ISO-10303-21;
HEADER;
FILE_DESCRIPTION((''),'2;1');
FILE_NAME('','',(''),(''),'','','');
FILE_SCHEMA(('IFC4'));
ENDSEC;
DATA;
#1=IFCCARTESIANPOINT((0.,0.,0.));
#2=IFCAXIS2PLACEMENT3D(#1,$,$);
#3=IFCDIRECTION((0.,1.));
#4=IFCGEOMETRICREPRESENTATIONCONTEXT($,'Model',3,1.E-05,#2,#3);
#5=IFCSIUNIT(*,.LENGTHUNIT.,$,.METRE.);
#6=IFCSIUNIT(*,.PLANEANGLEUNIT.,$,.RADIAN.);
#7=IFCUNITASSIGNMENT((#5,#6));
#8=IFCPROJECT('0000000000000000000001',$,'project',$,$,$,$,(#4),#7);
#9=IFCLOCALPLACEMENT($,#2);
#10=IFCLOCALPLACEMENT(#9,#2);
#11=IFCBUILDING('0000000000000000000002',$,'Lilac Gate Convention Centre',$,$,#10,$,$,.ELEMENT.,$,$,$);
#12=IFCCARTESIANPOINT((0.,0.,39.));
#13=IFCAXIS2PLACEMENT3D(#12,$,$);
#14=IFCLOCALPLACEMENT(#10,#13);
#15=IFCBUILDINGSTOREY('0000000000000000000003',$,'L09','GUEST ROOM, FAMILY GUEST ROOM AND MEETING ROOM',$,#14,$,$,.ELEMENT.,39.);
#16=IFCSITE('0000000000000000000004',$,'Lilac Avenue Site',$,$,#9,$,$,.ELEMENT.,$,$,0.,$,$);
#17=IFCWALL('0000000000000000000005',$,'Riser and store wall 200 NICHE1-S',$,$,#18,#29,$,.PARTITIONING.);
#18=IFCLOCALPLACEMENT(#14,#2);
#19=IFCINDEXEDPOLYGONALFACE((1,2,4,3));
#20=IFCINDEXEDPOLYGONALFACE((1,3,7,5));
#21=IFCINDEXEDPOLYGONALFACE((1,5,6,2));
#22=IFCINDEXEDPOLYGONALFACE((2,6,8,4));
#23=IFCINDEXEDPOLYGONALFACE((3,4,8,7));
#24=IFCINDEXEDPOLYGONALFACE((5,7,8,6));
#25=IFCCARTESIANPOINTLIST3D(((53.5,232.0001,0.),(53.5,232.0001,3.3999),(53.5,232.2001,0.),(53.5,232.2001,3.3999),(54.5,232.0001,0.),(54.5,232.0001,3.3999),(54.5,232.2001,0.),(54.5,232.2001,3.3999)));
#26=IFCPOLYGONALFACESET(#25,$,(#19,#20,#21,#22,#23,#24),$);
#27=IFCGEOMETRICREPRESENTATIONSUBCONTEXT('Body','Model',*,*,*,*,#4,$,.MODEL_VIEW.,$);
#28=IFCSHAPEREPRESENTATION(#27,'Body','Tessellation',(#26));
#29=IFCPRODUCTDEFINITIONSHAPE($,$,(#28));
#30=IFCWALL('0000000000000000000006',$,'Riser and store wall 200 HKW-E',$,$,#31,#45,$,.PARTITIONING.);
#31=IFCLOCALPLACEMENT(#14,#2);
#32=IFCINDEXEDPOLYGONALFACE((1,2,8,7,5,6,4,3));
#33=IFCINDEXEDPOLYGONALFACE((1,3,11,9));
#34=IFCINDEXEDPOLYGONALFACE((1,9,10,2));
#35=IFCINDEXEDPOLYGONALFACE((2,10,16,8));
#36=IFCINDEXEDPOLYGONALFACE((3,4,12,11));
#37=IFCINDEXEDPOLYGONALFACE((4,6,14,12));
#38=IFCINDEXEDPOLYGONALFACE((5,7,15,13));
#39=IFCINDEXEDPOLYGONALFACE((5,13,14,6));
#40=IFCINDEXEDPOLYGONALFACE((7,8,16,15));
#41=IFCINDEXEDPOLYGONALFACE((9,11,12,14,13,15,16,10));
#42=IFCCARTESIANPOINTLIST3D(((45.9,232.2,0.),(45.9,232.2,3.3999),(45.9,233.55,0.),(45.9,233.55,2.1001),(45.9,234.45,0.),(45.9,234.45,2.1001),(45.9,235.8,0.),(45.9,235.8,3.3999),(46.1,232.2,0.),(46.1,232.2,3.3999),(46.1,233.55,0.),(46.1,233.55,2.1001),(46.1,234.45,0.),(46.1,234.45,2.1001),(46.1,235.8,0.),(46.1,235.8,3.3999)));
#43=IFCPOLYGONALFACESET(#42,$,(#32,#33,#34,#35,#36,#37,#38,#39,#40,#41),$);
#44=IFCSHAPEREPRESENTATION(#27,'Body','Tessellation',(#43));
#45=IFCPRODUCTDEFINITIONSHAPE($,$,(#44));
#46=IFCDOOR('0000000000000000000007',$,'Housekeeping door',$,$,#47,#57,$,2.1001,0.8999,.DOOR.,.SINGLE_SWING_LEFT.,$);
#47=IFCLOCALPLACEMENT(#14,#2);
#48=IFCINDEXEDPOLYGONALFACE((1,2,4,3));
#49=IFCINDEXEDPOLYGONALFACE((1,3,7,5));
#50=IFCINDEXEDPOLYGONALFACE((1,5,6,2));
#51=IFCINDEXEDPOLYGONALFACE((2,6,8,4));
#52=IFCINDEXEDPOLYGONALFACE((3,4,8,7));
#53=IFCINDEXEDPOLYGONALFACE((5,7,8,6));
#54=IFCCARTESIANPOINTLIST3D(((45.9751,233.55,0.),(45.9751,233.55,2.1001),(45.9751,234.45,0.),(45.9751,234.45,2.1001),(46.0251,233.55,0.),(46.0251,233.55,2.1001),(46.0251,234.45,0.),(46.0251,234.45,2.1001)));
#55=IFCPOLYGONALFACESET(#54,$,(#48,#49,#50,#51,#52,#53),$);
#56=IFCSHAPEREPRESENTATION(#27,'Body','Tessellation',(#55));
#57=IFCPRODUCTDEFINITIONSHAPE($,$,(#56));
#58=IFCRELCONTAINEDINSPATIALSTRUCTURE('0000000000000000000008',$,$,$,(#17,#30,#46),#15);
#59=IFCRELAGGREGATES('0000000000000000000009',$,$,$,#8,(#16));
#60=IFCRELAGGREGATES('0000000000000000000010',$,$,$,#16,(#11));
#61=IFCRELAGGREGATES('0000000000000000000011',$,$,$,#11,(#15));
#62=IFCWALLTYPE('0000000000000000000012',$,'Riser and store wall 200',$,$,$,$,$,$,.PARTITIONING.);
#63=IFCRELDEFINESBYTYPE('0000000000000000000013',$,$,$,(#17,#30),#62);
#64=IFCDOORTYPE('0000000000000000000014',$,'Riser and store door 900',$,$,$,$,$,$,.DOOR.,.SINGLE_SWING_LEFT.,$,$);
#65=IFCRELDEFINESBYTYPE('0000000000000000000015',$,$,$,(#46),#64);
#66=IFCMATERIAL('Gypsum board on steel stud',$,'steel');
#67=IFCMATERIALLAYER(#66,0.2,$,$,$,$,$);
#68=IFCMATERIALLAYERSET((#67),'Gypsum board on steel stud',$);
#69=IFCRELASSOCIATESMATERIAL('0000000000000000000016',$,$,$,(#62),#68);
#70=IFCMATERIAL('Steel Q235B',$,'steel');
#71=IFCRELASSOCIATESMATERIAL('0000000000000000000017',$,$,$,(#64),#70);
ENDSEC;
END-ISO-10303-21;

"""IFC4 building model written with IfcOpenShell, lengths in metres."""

from ifc_helpers import new_model, si_unit, direction, frame, frame_2d, origin, place, context, subcontext, project, spatial, rectangle, extrude, material, layer, layer_set, type_object, element, fill, save


model = new_model("IFC4")

# Units and contexts
model_context = context("Model", 3, precision=1e-05, world=origin(), true_north=direction((0.0, 1.0)))
body_context = subcontext(model_context, "Body", "Model", "MODEL_VIEW")
ifc_project = project(units=[si_unit("LENGTHUNIT", "METRE"), si_unit("PLANEANGLEUNIT", "RADIAN")], contexts=[model_context])

# Site, building, storey
site_placement = place(None, origin())
site = spatial("IfcSite", under=ifc_project, at=site_placement, Name="Lilac Avenue Site", CompositionType="ELEMENT", RefElevation=0.0)
building_placement = place(site_placement, origin())
building = spatial("IfcBuilding", under=site, at=building_placement, Name="Lilac Gate Convention Centre", CompositionType="ELEMENT")
storey_placement = place(building_placement, frame((0.0, 0.0, 39.0)))
storey = spatial("IfcBuildingStorey", under=building, at=storey_placement, Name="L09", Description="GUEST ROOM, FAMILY GUEST ROOM AND MEETING ROOM", CompositionType="ELEMENT", Elevation=39.0)

# Shared definitions
ifc_material_1 = material(Name="Gypsum board on steel stud", Category="steel")

# Wall
ifc_layer_1 = layer(ifc_material_1, 0.2)
ifc_layer_set_1 = layer_set([ifc_layer_1], Name="Gypsum board on steel stud")
wall_type_1 = type_object("IfcWallType", Name="Riser and store wall 200", PredefinedType="PARTITIONING", material=ifc_layer_set_1)
wall_1_placement = place(storey_placement, frame((53.5, 232.1001, 0.0), z_axis=(0.0, 0.0, 1.0), x_axis=(1.0, 0.0, 0.0)))
element("IfcWall", 1, at=wall_1_placement, inside=storey, type_object=wall_type_1, Name="Riser and store wall 200 NICHE1-S", PredefinedType="PARTITIONING", context=body_context, shape_type="SweptSolid", body=[
    extrude(rectangle(XDim=1.0, YDim=0.2, at=frame_2d((0.5, 0.0))), origin(), (0.0, 0.0, 1.0), 3.3999),
])

# Wall, opening, door
wall_2_placement = place(storey_placement, frame((46.0, 232.2, 0.0), z_axis=(0.0, 0.0, 1.0), x_axis=(0.0, 1.0, 0.0)))
wall_2 = element("IfcWall", 2, at=wall_2_placement, inside=storey, type_object=wall_type_1, Name="Riser and store wall 200 HKW-E", PredefinedType="PARTITIONING", context=body_context, shape_type="SweptSolid", body=[
    extrude(rectangle(XDim=3.6001, YDim=0.2, at=frame_2d((1.8, 0.0))), origin(), (0.0, 0.0, 1.0), 3.3999),
])
opening_1_placement = place(wall_2_placement, frame((1.3501, 0.0, 0.0)))
opening_1 = element("IfcOpeningElement", 3, at=opening_1_placement, cuts=wall_2, PredefinedType="OPENING", context=body_context, shape_type="SweptSolid", body=[
    extrude(rectangle(XDim=0.8999, YDim=2.1001, at=frame_2d((0.45, 1.05))), frame((0.0, 0.1099, 0.0), z_axis=(0.0, -1.0, 0.0), x_axis=(1.0, 0.0, 0.0)), (0.0, 0.0, 1.0), 0.22),
])
ifc_material_2 = material(Name="Steel Q235B", Category="steel")
door_type_1 = type_object("IfcDoorType", Name="Riser and store door 900", OperationType="SINGLE_SWING_LEFT", PredefinedType="DOOR", material=ifc_material_2)
door_1_placement = place(opening_1_placement, origin())
door_1 = element("IfcDoor", 4, at=door_1_placement, inside=storey, type_object=door_type_1, Name="Housekeeping door", OperationType="SINGLE_SWING_LEFT", OverallHeight=2.1001, OverallWidth=0.8999, PredefinedType="DOOR", context=body_context, shape_type="SweptSolid", body=[
    extrude(rectangle(XDim=0.8999, YDim=2.1001, at=frame_2d((0.45, 1.05))), frame((0.0, 0.0249, 0.0), z_axis=(0.0, -1.0, 0.0), x_axis=(1.0, 0.0, 0.0)), (0.0, 0.0, 1.0), 0.05),
])
fill(opening_1, door_1)

save(model, "model.ifc")
